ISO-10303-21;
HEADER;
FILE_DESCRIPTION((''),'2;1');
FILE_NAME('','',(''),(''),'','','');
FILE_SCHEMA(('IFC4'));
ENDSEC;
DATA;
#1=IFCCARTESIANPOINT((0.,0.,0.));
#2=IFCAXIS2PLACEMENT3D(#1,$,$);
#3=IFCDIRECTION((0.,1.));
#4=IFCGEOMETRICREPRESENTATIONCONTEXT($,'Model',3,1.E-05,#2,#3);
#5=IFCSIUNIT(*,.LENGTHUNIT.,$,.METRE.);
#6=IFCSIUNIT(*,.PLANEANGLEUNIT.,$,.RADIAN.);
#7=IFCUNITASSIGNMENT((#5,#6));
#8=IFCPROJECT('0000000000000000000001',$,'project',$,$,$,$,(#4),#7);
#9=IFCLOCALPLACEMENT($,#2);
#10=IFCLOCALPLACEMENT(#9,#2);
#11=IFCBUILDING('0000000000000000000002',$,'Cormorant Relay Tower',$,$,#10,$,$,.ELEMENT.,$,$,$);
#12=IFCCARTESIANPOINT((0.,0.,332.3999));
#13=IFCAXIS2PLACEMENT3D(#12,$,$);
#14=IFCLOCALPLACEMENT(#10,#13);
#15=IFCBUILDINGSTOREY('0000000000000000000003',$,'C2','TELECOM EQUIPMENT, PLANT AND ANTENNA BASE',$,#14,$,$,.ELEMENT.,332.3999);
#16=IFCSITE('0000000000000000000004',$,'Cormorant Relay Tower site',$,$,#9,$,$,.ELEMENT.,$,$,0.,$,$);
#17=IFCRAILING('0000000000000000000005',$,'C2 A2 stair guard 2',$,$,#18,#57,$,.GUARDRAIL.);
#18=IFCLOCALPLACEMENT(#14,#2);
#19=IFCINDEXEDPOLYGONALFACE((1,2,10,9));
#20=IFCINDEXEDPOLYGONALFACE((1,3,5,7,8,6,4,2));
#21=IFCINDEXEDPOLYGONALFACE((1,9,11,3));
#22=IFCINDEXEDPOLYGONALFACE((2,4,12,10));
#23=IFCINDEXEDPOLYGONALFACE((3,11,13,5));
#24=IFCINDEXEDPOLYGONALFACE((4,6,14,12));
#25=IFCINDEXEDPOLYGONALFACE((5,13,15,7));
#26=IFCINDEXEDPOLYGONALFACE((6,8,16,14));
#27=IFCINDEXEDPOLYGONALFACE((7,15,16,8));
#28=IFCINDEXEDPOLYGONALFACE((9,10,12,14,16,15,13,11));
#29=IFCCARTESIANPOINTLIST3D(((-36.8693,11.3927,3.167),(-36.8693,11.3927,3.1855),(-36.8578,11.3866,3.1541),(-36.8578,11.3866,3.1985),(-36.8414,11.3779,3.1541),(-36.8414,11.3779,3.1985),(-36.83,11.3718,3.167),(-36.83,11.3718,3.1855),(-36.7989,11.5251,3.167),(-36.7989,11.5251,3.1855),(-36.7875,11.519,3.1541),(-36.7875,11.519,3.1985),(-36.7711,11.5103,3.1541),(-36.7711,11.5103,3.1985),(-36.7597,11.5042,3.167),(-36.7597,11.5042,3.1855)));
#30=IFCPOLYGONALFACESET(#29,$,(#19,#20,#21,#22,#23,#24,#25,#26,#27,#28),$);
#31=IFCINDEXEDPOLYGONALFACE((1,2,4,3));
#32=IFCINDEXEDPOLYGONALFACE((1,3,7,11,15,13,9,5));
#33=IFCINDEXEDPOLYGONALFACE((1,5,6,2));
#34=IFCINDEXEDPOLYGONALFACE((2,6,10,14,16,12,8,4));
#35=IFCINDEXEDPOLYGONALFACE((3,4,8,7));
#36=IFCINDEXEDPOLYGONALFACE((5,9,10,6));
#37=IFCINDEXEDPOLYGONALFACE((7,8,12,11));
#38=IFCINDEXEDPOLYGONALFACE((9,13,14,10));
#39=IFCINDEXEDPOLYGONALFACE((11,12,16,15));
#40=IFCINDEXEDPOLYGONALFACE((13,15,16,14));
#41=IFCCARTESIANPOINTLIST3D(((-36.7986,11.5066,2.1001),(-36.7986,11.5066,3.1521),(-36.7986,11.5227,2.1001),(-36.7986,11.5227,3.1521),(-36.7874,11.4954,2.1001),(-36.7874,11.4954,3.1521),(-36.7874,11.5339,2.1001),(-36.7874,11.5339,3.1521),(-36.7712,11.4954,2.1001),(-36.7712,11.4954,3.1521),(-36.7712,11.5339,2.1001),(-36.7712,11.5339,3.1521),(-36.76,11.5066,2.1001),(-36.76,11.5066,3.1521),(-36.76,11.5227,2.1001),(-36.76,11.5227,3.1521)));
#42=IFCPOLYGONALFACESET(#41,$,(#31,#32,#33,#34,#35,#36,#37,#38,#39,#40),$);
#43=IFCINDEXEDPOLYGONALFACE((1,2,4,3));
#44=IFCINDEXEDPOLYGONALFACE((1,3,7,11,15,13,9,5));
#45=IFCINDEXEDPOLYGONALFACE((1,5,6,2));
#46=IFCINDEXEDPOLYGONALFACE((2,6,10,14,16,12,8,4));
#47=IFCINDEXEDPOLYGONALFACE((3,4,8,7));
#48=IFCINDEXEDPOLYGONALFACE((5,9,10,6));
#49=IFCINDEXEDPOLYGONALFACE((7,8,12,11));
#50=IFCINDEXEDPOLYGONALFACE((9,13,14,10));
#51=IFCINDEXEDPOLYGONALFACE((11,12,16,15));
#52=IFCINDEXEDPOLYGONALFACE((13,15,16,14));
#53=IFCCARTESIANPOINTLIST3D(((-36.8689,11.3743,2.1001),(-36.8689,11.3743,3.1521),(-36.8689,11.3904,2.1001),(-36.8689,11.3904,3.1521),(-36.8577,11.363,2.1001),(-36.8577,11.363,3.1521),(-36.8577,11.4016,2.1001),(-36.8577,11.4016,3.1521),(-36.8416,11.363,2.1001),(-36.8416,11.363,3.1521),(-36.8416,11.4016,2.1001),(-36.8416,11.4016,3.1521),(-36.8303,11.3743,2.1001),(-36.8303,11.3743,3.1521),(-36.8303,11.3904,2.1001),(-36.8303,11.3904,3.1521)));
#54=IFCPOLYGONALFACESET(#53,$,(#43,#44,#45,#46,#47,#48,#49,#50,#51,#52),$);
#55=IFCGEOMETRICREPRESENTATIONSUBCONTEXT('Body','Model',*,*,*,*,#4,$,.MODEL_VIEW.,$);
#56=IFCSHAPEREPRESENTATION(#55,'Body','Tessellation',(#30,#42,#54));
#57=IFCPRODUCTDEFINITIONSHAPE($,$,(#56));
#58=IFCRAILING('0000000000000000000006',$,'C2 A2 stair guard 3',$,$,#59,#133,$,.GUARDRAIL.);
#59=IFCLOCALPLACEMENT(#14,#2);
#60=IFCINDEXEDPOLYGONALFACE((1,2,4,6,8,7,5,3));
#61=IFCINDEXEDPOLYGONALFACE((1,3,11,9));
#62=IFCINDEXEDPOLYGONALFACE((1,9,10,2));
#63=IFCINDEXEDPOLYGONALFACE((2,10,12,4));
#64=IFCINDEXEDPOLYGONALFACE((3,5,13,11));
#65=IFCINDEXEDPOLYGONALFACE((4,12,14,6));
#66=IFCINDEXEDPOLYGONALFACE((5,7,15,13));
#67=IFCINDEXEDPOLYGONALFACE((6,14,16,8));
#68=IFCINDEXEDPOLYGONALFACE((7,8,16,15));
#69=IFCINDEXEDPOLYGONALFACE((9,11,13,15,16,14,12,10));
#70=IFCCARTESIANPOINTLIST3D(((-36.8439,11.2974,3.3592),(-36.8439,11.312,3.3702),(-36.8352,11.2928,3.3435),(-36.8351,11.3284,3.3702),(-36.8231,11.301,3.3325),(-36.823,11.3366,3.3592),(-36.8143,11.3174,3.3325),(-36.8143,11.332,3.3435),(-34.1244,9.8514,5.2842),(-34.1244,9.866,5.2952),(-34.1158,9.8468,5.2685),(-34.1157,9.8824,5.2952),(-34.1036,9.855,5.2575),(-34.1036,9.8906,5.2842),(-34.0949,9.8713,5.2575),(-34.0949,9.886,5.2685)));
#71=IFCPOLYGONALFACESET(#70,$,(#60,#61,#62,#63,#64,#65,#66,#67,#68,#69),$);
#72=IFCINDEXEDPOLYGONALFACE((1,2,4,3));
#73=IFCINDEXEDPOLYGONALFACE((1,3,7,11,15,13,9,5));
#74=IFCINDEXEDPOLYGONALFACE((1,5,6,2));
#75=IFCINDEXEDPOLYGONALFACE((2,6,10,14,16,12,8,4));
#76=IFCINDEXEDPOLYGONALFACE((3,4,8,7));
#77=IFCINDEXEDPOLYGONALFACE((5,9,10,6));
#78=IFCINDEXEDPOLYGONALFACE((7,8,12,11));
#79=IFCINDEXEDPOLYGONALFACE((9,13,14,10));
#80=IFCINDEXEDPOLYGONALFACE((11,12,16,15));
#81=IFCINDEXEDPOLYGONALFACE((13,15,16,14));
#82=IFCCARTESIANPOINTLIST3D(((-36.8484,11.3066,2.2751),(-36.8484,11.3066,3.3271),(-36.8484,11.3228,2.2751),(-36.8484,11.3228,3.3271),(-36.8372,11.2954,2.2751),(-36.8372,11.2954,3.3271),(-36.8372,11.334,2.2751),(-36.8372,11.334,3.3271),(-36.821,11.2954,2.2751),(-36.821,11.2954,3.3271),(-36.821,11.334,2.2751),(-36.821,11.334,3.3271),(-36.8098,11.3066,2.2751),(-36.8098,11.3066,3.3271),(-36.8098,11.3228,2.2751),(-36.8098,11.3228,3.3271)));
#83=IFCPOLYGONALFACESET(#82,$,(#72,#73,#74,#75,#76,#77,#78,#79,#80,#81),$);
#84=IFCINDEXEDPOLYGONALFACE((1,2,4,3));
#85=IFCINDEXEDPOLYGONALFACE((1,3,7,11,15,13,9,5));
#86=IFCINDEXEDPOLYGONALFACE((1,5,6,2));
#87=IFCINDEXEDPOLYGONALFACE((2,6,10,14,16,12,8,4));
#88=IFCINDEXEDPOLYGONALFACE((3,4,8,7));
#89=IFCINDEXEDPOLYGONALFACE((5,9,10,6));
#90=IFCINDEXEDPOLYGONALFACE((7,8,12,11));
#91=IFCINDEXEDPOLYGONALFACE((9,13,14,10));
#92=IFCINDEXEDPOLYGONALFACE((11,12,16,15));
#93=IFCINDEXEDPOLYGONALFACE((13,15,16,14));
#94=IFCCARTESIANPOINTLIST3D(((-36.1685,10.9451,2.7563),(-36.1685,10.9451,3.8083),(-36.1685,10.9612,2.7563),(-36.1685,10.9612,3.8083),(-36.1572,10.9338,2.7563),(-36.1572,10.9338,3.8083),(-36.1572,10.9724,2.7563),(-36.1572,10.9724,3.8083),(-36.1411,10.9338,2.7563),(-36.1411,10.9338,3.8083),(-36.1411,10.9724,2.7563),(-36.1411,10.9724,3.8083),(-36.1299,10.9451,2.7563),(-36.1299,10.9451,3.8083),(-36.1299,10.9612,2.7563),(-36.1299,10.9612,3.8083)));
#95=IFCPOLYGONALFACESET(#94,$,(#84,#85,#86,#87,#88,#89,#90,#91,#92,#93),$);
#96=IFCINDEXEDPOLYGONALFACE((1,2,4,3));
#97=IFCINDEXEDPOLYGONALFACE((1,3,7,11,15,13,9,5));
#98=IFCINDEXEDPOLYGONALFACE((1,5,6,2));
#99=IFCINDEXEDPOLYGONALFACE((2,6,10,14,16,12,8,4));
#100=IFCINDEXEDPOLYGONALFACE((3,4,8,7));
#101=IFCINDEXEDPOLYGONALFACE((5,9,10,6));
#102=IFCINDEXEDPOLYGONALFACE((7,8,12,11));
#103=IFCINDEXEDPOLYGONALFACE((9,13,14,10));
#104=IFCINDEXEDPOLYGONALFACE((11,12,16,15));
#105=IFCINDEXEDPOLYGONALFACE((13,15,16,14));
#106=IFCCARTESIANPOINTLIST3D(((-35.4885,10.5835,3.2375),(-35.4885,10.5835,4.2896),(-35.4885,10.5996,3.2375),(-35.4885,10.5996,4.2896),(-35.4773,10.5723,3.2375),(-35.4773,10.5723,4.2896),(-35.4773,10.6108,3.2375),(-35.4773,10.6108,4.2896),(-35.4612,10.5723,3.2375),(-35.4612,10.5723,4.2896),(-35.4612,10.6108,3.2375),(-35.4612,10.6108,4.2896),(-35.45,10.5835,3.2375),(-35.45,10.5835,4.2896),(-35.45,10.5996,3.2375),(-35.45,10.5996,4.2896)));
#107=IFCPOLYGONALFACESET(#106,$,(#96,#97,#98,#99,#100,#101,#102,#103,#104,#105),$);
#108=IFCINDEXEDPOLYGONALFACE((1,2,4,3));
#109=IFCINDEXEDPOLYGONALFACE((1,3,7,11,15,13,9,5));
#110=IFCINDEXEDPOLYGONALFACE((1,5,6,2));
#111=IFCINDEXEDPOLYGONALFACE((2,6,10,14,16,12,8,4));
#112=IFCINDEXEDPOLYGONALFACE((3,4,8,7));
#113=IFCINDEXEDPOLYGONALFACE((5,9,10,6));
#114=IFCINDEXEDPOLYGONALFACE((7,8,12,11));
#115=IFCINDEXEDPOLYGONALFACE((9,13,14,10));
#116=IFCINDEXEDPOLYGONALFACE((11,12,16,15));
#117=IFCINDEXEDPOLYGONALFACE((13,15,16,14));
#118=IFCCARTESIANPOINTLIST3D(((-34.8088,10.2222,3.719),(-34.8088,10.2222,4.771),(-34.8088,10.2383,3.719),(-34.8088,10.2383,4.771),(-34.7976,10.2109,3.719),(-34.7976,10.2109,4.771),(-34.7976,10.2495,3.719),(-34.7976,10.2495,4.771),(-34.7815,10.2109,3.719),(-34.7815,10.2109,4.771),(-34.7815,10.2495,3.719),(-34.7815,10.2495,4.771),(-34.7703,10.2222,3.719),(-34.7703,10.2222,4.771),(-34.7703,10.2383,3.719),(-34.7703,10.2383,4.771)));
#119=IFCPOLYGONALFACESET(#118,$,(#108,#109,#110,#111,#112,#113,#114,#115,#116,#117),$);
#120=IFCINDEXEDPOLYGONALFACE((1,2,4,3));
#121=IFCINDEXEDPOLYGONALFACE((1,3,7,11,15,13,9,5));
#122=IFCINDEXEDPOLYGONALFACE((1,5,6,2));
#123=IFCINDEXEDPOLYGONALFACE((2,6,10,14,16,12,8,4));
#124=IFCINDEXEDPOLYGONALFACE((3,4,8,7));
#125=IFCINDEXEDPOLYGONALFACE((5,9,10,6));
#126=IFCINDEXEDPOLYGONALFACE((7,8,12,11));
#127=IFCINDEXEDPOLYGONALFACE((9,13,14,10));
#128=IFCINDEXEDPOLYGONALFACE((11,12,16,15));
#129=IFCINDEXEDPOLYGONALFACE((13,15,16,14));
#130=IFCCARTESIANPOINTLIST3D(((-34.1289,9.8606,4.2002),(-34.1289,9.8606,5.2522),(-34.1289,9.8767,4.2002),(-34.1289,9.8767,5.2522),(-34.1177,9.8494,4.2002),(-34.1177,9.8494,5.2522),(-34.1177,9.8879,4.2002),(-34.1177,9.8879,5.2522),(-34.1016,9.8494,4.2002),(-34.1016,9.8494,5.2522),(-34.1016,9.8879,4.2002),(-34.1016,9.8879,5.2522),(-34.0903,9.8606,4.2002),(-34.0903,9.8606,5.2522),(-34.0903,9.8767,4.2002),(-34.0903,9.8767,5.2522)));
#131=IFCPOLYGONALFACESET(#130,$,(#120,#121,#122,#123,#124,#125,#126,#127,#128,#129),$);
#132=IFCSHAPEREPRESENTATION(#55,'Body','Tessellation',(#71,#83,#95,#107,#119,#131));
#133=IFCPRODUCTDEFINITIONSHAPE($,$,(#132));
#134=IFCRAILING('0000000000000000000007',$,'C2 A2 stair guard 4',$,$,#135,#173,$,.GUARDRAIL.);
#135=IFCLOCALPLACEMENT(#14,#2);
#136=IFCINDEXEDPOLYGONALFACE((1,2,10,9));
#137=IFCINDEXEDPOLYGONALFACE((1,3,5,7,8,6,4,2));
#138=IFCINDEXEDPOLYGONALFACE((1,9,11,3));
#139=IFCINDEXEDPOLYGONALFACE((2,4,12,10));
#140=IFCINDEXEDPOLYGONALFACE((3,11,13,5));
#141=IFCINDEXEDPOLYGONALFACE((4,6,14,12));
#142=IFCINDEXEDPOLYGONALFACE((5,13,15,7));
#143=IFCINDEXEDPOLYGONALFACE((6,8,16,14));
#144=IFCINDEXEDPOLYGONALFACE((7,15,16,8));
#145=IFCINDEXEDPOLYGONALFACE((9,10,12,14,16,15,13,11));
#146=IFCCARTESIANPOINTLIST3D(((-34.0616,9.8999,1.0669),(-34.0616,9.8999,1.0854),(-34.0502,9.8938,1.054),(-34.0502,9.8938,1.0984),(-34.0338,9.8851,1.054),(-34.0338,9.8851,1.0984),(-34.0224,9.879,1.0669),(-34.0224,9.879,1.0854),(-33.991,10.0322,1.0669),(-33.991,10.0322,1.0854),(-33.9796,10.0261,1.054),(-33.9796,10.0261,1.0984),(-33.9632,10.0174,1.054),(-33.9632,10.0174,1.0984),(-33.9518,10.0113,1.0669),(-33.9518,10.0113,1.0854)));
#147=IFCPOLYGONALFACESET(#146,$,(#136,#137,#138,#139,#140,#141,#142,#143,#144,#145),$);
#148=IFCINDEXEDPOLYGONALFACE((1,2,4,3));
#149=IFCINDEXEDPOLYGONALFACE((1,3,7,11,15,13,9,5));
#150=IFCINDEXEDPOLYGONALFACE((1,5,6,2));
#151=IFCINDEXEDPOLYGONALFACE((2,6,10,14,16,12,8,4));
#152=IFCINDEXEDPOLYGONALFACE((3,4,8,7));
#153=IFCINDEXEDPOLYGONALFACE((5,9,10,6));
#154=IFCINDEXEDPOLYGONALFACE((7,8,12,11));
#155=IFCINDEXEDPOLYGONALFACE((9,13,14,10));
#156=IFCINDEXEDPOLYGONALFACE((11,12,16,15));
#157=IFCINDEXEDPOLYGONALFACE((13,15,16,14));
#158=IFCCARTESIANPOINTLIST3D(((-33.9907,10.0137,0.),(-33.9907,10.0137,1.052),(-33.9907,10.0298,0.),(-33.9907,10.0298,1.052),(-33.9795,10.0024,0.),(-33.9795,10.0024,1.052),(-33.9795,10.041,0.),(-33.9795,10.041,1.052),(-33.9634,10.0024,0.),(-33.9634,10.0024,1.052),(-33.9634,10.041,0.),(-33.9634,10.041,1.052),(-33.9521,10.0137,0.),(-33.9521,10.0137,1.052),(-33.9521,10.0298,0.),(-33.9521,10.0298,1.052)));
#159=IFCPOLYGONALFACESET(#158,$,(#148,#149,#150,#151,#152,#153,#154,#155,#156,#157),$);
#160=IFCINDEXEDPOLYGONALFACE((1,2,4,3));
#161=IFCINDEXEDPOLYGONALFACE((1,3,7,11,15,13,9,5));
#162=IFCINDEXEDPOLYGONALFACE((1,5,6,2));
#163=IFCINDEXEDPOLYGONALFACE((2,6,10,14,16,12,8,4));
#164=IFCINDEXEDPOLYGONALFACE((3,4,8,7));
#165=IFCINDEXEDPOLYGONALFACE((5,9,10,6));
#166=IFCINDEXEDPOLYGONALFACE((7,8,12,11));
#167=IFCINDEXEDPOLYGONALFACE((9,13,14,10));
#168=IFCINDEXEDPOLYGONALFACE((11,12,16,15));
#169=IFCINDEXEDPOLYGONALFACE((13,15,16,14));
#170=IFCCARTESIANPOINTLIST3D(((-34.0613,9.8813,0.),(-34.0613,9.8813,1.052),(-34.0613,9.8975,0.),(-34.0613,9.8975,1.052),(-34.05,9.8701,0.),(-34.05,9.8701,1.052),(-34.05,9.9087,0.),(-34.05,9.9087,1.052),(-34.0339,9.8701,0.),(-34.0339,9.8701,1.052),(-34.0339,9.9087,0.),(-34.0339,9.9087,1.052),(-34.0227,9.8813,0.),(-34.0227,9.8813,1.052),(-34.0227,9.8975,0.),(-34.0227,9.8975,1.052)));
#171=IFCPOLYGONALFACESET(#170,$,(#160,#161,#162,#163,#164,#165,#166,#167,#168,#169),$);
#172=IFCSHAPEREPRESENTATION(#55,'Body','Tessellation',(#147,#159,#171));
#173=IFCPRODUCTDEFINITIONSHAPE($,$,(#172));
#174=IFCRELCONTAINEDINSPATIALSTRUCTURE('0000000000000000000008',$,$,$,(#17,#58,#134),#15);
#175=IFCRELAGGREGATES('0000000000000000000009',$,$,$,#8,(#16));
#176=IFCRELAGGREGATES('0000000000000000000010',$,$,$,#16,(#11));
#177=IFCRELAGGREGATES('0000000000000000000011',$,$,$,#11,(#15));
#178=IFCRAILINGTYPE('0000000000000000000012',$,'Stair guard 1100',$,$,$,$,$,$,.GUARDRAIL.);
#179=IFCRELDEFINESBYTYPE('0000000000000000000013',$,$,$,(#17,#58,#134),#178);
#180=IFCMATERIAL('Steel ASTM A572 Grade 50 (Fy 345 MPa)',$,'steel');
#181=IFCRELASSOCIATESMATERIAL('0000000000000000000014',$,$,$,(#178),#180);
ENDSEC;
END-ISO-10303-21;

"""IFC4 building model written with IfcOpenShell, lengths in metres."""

from ifc_helpers import new_model, si_unit, direction, frame, origin, place, context, subcontext, project, spatial, polyline, outline, extrude, material, type_object, element, save


model = new_model("IFC4")

# Units and contexts
model_context = context("Model", 3, precision=1e-05, world=origin(), true_north=direction((0.0, 1.0)))
body_context = subcontext(model_context, "Body", "Model", "MODEL_VIEW")
ifc_project = project(units=[si_unit("LENGTHUNIT", "METRE"), si_unit("PLANEANGLEUNIT", "RADIAN")], contexts=[model_context])

# Site, building, storey
site_placement = place(None, origin())
site = spatial("IfcSite", under=ifc_project, at=site_placement, Name="Cormorant Relay Tower site", CompositionType="ELEMENT", RefElevation=0.0)
building_placement = place(site_placement, origin())
building = spatial("IfcBuilding", under=site, at=building_placement, Name="Cormorant Relay Tower", CompositionType="ELEMENT")
storey_placement = place(building_placement, frame((0.0, 0.0, 332.3999)))
storey = spatial("IfcBuildingStorey", under=building, at=storey_placement, Name="C2", Description="TELECOM EQUIPMENT, PLANT AND ANTENNA BASE", CompositionType="ELEMENT", Elevation=332.3999)

# Railings
ifc_material_1 = material(Name="Steel ASTM A572 Grade 50 (Fy 345 MPa)", Category="steel")
railing_type_1 = type_object("IfcRailingType", Name="Stair guard 1100", PredefinedType="GUARDRAIL", material=ifc_material_1)
railing_1_placement = place(storey_placement, frame((-36.7793, 11.5146, 2.1001)))
element("IfcRailing", 1, at=railing_1_placement, inside=storey, type_object=railing_type_1, Name="C2 A2 stair guard 2", PredefinedType="GUARDRAIL", context=body_context, shape_type="SweptSolid", body=[
    extrude(outline(polyline([(0.0222, 0.0093), (0.0093, 0.0222), (-0.0093, 0.0222), (-0.0222, 0.0093), (-0.0222, -0.0093), (-0.0093, -0.0222), (0.0093, -0.0222), (0.0222, -0.0093), (0.0222, 0.0093)])), frame((0.0, 0.0, 1.0762), z_axis=(-0.469235, -0.883074, 0.0), x_axis=(0.883074, -0.469235, 0.0)), (0.0, 0.0, 1.0), 0.1499),
    extrude(outline(polyline([(0.0193, 0.0081), (0.0081, 0.0193), (-0.0081, 0.0193), (-0.0193, 0.0081), (-0.0193, -0.0081), (-0.0081, -0.0193), (0.0081, -0.0193), (0.0193, -0.0081), (0.0193, 0.0081)])), origin(), (0.0, 0.0, 1.0), 1.052),
    extrude(outline(polyline([(0.0193, 0.0081), (0.0081, 0.0193), (-0.0081, 0.0193), (-0.0193, 0.0081), (-0.0193, -0.0081), (-0.0081, -0.0193), (0.0081, -0.0193), (0.0193, -0.0081), (0.0193, 0.0081)])), frame((-0.0703, -0.1323, 0.0)), (0.0, 0.0, 1.0), 1.052),
])
railing_2_placement = place(storey_placement, frame((-36.8291, 11.3147, 2.2751)))
element("IfcRailing", 2, at=railing_2_placement, inside=storey, type_object=railing_type_1, Name="C2 A2 stair guard 3", PredefinedType="GUARDRAIL", context=body_context, shape_type="SweptSolid", body=[
    extrude(outline(polyline([(0.0222, 0.0093), (0.0093, 0.0222), (-0.0093, 0.0222), (-0.0222, 0.0093), (-0.0222, -0.0093), (-0.0093, -0.0222), (0.0093, -0.0222), (0.0222, -0.0093), (0.0222, 0.0093)])), frame((0.0, 0.0, 1.0762), z_axis=(0.748727, -0.398125, 0.530004), x_axis=(0.469489, 0.882938, 0.0)), (0.0, 0.0, 1.0), 3.6321),
    extrude(outline(polyline([(0.0193, 0.0081), (0.0081, 0.0193), (-0.0081, 0.0193), (-0.0193, 0.0081), (-0.0193, -0.0081), (-0.0081, -0.0193), (0.0081, -0.0193), (0.0193, -0.0081), (0.0193, 0.0081)])), origin(), (0.0, 0.0, 1.0), 1.052),
    extrude(outline(polyline([(0.0193, 0.0081), (0.0081, 0.0193), (-0.0081, 0.0193), (-0.0193, 0.0081), (-0.0193, -0.0081), (-0.0081, -0.0193), (0.0081, -0.0193), (0.0193, -0.0081), (0.0193, 0.0081)])), frame((0.6799, -0.3616, 0.4812)), (0.0, 0.0, 1.0), 1.052),
    extrude(outline(polyline([(0.0193, 0.0081), (0.0081, 0.0193), (-0.0081, 0.0193), (-0.0193, 0.0081), (-0.0193, -0.0081), (-0.0081, -0.0193), (0.0081, -0.0193), (0.0193, -0.0081), (0.0193, 0.0081)])), frame((1.3599, -0.7231, 0.9624)), (0.0, 0.0, 1.0), 1.052),
    extrude(outline(polyline([(0.0193, 0.0081), (0.0081, 0.0193), (-0.0081, 0.0193), (-0.0193, 0.0081), (-0.0193, -0.0081), (-0.0081, -0.0193), (0.0081, -0.0193), (0.0193, -0.0081), (0.0193, 0.0081)])), frame((2.0396, -1.0845, 1.4438)), (0.0, 0.0, 1.0), 1.052),
    extrude(outline(polyline([(0.0193, 0.0081), (0.0081, 0.0193), (-0.0081, 0.0193), (-0.0193, 0.0081), (-0.0193, -0.0081), (-0.0081, -0.0193), (0.0081, -0.0193), (0.0193, -0.0081), (0.0193, 0.0081)])), frame((2.7195, -1.446, 1.925)), (0.0, 0.0, 1.0), 1.052),
])
railing_3_placement = place(storey_placement, frame((-33.9714, 10.0217, 0.0)))
element("IfcRailing", 3, at=railing_3_placement, inside=storey, type_object=railing_type_1, Name="C2 A2 stair guard 4", PredefinedType="GUARDRAIL", context=body_context, shape_type="SweptSolid", body=[
    extrude(outline(polyline([(0.0222, 0.0093), (0.0093, 0.0222), (-0.0093, 0.0222), (-0.0222, 0.0093), (-0.0222, -0.0093), (-0.0093, -0.0222), (0.0093, -0.0222), (0.0222, -0.0093), (0.0222, 0.0093)])), frame((0.0, 0.0, 1.0762), z_axis=(-0.470504, -0.882398, 0.0), x_axis=(0.882398, -0.470504, 0.0)), (0.0, 0.0, 1.0), 0.1499),
    extrude(outline(polyline([(0.0193, 0.0081), (0.0081, 0.0193), (-0.0081, 0.0193), (-0.0193, 0.0081), (-0.0193, -0.0081), (-0.0081, -0.0193), (0.0081, -0.0193), (0.0193, -0.0081), (0.0193, 0.0081)])), origin(), (0.0, 0.0, 1.0), 1.052),
    extrude(outline(polyline([(0.0193, 0.0081), (0.0081, 0.0193), (-0.0081, 0.0193), (-0.0193, 0.0081), (-0.0193, -0.0081), (-0.0081, -0.0193), (0.0081, -0.0193), (0.0193, -0.0081), (0.0193, 0.0081)])), frame((-0.0706, -0.1323, 0.0)), (0.0, 0.0, 1.0), 1.052),
])

save(model, "model.ifc")
